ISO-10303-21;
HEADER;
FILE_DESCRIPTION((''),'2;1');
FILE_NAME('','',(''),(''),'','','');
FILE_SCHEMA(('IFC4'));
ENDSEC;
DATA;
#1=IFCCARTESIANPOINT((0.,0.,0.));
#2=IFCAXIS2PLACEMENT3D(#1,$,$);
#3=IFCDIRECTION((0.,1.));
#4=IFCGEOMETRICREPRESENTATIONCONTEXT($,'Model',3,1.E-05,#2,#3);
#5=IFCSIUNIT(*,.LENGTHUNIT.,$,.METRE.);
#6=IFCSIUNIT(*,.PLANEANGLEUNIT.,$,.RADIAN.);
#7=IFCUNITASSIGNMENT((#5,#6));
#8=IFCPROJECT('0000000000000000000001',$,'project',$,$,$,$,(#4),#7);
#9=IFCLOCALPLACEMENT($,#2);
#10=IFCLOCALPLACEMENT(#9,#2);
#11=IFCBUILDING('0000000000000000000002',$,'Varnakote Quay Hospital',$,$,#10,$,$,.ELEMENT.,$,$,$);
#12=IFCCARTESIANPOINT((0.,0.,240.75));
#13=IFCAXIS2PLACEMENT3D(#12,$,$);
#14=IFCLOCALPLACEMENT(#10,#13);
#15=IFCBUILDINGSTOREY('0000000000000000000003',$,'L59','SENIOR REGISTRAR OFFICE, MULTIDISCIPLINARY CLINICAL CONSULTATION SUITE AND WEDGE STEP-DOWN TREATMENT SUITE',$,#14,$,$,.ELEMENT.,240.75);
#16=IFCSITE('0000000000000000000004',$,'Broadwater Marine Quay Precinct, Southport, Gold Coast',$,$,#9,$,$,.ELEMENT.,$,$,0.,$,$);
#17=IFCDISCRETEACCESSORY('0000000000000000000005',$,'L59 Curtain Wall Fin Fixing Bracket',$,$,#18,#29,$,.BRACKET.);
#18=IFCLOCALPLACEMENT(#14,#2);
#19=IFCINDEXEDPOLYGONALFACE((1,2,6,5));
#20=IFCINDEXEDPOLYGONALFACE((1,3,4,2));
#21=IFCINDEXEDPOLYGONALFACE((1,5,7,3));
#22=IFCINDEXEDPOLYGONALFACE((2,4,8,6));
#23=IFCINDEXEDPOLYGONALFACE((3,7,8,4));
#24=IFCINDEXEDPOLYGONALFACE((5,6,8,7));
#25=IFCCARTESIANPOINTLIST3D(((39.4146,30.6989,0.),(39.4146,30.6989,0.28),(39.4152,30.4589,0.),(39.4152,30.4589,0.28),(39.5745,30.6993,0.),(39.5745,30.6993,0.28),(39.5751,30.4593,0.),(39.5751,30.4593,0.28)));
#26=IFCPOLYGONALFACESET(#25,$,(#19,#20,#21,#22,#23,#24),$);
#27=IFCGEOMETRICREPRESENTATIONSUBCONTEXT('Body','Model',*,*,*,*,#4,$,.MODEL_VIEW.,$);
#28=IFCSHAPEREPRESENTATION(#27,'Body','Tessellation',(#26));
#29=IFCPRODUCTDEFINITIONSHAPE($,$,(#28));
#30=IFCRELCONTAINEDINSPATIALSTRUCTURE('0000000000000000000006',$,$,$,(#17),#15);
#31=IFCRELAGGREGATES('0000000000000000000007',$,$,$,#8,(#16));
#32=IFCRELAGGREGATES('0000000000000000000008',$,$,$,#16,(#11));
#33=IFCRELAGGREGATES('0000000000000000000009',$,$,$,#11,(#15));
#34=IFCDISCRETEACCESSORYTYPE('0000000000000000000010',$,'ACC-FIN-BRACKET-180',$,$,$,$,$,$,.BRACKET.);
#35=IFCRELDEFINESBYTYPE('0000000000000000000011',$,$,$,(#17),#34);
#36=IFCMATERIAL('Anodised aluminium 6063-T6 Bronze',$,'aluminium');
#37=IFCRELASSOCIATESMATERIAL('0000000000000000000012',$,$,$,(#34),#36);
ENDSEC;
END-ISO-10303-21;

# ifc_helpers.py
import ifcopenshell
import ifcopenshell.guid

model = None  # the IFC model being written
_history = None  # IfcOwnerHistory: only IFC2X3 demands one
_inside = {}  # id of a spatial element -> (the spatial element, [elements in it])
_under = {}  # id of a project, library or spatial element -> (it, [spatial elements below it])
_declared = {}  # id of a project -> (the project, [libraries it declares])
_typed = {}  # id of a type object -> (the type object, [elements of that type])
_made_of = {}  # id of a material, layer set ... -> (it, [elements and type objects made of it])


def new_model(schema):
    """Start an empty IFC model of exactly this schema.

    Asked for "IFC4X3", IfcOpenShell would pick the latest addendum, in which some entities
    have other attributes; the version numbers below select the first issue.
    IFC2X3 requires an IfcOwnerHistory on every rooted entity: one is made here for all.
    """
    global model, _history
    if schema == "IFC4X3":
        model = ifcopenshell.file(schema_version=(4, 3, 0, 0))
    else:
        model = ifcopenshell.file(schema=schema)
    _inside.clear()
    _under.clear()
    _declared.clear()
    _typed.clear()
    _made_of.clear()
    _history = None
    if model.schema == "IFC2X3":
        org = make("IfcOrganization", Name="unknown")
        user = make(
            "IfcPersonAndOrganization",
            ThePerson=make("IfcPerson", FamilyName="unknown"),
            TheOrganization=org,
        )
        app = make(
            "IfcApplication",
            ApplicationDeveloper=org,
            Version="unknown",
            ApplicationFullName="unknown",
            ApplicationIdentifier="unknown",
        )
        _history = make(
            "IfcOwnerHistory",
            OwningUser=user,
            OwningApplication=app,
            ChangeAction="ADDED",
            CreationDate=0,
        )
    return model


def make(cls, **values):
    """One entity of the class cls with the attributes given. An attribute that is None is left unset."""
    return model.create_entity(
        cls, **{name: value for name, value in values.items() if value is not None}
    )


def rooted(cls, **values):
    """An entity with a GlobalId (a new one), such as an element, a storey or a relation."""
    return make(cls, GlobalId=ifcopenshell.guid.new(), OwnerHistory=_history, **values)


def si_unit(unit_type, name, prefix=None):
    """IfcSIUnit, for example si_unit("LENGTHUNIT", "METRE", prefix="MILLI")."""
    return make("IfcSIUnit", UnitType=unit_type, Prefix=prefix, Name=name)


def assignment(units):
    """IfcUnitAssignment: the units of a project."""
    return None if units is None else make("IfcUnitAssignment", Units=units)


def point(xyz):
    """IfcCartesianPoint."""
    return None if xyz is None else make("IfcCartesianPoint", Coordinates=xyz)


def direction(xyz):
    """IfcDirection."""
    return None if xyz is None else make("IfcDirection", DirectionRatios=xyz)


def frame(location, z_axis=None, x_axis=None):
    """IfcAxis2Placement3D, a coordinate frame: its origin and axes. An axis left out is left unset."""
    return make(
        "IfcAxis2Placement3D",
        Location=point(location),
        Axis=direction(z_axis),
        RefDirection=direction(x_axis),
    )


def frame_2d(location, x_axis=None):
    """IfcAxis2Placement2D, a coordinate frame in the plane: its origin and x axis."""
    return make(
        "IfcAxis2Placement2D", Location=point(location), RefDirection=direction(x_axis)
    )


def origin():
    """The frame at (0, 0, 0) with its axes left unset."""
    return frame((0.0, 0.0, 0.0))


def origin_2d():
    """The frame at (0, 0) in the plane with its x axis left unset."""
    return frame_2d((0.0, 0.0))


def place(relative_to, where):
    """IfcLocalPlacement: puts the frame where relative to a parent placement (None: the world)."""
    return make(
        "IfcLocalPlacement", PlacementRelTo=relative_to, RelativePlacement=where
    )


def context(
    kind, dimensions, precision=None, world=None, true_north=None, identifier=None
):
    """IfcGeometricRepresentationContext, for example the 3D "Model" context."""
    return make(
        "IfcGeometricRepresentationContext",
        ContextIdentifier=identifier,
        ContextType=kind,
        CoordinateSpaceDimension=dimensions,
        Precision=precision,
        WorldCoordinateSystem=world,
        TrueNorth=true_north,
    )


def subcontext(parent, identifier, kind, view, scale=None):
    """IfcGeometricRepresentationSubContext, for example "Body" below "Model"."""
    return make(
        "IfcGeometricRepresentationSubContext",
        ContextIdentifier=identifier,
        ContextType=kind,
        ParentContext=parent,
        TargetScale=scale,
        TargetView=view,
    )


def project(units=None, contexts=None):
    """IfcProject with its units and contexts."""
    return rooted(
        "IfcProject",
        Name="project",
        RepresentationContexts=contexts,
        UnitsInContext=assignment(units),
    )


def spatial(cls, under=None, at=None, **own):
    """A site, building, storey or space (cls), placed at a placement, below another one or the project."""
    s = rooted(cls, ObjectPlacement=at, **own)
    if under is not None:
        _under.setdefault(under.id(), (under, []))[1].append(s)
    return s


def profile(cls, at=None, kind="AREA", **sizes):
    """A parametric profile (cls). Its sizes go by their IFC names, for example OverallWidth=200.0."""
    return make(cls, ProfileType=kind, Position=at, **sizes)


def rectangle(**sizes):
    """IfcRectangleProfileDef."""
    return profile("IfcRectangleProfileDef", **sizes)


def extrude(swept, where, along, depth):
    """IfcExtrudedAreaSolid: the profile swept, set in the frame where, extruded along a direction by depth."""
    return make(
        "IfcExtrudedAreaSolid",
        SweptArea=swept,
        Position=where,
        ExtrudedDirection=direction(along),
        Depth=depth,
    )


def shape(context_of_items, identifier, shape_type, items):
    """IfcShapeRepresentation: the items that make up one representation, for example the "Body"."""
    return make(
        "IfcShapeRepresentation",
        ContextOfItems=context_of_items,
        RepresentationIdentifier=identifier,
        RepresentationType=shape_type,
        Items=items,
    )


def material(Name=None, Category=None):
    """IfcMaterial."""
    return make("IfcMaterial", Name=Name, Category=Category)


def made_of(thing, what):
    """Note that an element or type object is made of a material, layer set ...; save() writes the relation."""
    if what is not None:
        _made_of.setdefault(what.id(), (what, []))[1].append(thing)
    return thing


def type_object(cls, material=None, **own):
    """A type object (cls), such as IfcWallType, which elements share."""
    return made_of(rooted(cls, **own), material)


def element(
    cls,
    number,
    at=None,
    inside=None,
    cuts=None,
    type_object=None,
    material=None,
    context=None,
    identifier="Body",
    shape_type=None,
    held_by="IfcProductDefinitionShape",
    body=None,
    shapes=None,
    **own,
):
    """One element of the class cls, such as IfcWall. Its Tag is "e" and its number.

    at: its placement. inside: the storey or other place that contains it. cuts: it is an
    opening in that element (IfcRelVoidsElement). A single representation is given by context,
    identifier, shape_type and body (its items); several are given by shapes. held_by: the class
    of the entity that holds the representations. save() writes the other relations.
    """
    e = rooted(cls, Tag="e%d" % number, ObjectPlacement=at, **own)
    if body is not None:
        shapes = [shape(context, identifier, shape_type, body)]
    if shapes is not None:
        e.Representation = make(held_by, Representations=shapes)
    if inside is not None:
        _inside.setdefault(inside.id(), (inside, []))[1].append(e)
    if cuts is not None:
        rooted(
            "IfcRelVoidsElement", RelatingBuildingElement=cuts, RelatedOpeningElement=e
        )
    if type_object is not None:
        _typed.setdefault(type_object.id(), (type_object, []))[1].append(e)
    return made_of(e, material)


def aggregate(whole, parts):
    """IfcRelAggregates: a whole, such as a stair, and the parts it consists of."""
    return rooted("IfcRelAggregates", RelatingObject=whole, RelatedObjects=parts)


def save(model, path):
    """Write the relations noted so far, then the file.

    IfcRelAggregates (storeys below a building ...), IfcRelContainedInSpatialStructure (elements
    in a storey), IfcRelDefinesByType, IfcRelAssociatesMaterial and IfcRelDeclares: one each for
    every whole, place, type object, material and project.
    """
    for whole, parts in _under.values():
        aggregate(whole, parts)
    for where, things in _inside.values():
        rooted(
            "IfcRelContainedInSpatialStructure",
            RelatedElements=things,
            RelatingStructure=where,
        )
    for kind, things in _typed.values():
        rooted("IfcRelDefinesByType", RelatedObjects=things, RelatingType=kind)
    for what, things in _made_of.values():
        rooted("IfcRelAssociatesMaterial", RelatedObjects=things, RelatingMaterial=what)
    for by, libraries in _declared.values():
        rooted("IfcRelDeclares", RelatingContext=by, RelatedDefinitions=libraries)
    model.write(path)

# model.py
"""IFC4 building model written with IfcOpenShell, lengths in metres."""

from ifc_helpers import new_model, si_unit, direction, frame, origin, origin_2d, place, context, subcontext, project, spatial, rectangle, extrude, material, type_object, element, save


model = new_model("IFC4")

# Units and contexts
model_context = context("Model", 3, precision=1e-05, world=origin(), true_north=direction((0.0, 1.0)))
body_context = subcontext(model_context, "Body", "Model", "MODEL_VIEW")
ifc_project = project(units=[si_unit("LENGTHUNIT", "METRE"), si_unit("PLANEANGLEUNIT", "RADIAN")], contexts=[model_context])

# Site, building, storey
site_placement = place(None, origin())
site = spatial("IfcSite", under=ifc_project, at=site_placement, Name="Broadwater Marine Quay Precinct, Southport, Gold Coast", CompositionType="ELEMENT", RefElevation=0.0)
building_placement = place(site_placement, origin())
building = spatial("IfcBuilding", under=site, at=building_placement, Name="Varnakote Quay Hospital", CompositionType="ELEMENT")
storey_placement = place(building_placement, frame((0.0, 0.0, 240.75)))
storey = spatial("IfcBuildingStorey", under=building, at=storey_placement, Name="L59", Description="SENIOR REGISTRAR OFFICE, MULTIDISCIPLINARY CLINICAL CONSULTATION SUITE AND WEDGE STEP-DOWN TREATMENT SUITE", CompositionType="ELEMENT", Elevation=240.75)

# Discrete accessory
ifc_material_1 = material(Name="Anodised aluminium 6063-T6 Bronze", Category="aluminium")
discrete_accessory_type = type_object("IfcDiscreteAccessoryType", Name="ACC-FIN-BRACKET-180", PredefinedType="BRACKET", material=ifc_material_1)
for number, where, z_axis, x_axis, name in (
    (1, (39.4949, 30.5791, 0.0), (0.0, 0.0, 1.0), (-0.999997, -0.002618, 0.0), "L59 Curtain Wall Fin Fixing Bracket"),
):
    element("IfcDiscreteAccessory", number, at=place(storey_placement, frame(where, z_axis=z_axis, x_axis=x_axis)), inside=storey, type_object=discrete_accessory_type, Name=name, PredefinedType="BRACKET", context=body_context, shape_type="SweptSolid", body=[
        extrude(rectangle(XDim=0.1599, YDim=0.24, at=origin_2d()), origin(), (0.0, 0.0, 1.0), 0.28),
    ])

save(model, "model.ifc")
